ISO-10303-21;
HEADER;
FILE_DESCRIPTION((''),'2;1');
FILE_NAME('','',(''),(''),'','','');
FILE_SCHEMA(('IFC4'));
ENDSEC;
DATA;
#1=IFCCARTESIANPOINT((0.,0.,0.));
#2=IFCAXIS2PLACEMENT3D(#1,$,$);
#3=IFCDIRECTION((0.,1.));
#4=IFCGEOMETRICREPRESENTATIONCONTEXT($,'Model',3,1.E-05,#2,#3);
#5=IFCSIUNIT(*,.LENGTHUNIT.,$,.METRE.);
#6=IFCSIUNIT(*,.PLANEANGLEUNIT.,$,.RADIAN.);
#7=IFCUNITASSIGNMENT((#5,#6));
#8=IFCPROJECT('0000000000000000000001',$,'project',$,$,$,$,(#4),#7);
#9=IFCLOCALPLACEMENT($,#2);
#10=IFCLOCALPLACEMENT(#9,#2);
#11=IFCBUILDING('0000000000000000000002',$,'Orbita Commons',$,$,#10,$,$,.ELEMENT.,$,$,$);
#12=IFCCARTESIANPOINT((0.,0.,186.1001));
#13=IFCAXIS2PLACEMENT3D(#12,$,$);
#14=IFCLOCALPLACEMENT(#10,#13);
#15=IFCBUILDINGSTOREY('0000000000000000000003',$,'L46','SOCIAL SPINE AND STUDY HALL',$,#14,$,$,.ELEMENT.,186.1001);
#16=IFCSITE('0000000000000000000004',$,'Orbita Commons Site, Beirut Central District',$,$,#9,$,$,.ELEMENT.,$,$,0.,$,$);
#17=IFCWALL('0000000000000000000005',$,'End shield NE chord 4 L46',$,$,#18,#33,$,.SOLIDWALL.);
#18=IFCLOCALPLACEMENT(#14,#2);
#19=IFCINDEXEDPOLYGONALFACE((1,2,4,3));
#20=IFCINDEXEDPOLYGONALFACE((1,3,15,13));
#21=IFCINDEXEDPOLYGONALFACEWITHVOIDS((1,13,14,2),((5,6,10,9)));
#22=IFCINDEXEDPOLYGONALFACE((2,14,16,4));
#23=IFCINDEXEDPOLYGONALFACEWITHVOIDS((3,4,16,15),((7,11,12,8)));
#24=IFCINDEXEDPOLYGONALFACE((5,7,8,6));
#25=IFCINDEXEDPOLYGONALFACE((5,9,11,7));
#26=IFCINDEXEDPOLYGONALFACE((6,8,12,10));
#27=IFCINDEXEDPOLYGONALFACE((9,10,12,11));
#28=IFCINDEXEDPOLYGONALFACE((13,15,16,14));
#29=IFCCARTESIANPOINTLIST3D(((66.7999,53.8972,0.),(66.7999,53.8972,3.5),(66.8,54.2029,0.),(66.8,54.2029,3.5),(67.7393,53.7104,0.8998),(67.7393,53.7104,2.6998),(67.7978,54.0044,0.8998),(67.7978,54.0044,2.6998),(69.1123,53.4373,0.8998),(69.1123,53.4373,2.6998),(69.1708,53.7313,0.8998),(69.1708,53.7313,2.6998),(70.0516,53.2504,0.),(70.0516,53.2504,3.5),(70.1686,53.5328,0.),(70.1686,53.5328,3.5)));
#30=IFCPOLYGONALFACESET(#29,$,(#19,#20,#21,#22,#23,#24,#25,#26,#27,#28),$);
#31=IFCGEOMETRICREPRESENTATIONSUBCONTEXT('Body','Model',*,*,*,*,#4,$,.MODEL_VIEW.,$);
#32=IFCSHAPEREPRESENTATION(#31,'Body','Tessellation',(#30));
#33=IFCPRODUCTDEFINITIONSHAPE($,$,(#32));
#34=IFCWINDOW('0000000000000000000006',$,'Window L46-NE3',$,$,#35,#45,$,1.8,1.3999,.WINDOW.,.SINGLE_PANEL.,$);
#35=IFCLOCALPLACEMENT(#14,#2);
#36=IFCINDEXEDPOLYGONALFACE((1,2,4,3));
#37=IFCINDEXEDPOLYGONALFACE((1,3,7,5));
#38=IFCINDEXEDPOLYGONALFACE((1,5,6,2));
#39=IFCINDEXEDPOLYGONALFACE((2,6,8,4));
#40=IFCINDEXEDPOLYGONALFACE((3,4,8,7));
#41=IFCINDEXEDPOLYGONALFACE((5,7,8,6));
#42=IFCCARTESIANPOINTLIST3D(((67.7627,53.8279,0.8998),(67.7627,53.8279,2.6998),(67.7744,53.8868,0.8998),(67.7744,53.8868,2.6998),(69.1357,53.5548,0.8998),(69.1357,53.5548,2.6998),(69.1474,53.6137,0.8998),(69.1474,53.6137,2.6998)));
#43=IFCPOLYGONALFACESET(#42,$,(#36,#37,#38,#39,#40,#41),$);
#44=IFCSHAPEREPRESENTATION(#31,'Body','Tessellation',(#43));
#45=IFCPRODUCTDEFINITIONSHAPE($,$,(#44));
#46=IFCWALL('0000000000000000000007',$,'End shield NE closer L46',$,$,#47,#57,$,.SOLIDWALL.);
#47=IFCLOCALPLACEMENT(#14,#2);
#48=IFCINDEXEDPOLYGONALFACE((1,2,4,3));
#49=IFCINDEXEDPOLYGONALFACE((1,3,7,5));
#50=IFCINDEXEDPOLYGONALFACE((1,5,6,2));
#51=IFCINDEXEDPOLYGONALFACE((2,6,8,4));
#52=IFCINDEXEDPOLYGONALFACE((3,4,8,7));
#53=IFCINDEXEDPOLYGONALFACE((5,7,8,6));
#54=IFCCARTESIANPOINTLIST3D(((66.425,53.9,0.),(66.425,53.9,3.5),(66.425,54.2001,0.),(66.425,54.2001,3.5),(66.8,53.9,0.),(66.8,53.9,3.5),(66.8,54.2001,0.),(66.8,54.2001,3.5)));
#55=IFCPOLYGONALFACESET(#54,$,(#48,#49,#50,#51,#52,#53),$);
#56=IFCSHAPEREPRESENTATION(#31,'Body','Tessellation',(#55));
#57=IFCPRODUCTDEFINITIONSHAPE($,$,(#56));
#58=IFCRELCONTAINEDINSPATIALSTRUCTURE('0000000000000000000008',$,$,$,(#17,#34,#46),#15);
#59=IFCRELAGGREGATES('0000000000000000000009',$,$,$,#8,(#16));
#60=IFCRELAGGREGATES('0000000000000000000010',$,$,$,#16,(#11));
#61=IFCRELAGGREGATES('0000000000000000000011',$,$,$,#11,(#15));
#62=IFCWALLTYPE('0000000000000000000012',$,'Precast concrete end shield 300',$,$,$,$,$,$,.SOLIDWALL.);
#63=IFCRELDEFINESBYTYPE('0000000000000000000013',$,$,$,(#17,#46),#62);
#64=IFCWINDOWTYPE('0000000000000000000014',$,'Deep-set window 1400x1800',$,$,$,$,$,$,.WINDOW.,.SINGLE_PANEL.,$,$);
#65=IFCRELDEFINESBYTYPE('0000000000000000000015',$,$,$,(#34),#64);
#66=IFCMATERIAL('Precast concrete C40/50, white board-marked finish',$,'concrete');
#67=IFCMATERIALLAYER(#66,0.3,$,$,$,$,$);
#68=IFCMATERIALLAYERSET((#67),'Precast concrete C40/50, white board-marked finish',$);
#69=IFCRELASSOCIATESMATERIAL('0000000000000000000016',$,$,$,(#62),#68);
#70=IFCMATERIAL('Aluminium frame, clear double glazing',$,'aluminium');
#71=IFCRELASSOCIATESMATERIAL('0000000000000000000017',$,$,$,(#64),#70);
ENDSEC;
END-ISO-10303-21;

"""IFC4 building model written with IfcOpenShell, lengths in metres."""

from ifc_helpers import new_model, si_unit, direction, frame, frame_2d, origin, place, context, subcontext, project, spatial, polyline, rectangle, outline, extrude, material, layer, layer_set, type_object, element, fill, save


model = new_model("IFC4")

# Units and contexts
model_context = context("Model", 3, precision=1e-05, world=origin(), true_north=direction((0.0, 1.0)))
body_context = subcontext(model_context, "Body", "Model", "MODEL_VIEW")
ifc_project = project(units=[si_unit("LENGTHUNIT", "METRE"), si_unit("PLANEANGLEUNIT", "RADIAN")], contexts=[model_context])

# Site, building, storey
site_placement = place(None, origin())
site = spatial("IfcSite", under=ifc_project, at=site_placement, Name="Orbita Commons Site, Beirut Central District", CompositionType="ELEMENT", RefElevation=0.0)
building_placement = place(site_placement, origin())
building = spatial("IfcBuilding", under=site, at=building_placement, Name="Orbita Commons", CompositionType="ELEMENT")
storey_placement = place(building_placement, frame((0.0, 0.0, 186.1001)))
storey = spatial("IfcBuildingStorey", under=building, at=storey_placement, Name="L46", Description="SOCIAL SPINE AND STUDY HALL", CompositionType="ELEMENT", Elevation=186.1001)

# Wall, opening, window
ifc_material_1 = material(Name="Precast concrete C40/50, white board-marked finish", Category="concrete")
ifc_layer_1 = layer(ifc_material_1, 0.3)
ifc_layer_set_1 = layer_set([ifc_layer_1], Name="Precast concrete C40/50, white board-marked finish")
wall_type_1 = type_object("IfcWallType", Name="Precast concrete end shield 300", PredefinedType="SOLIDWALL", material=ifc_layer_set_1)
ifc_material_2 = material(Name="Aluminium frame, clear double glazing", Category="aluminium")
window_type = type_object("IfcWindowType", Name="Deep-set window 1400x1800", PartitioningType="SINGLE_PANEL", PredefinedType="WINDOW", material=ifc_material_2)
wall_1_placement = place(storey_placement, frame((70.1101, 53.3916, 0.0), z_axis=(0.0, 0.0, 1.0), x_axis=(-0.980783, 0.1951, 0.0)))
wall_1 = element("IfcWall", 1, at=wall_1_placement, inside=storey, type_object=wall_type_1, Name="End shield NE chord 4 L46", PredefinedType="SOLIDWALL", context=body_context, shape_type="SweptSolid", body=[
    extrude(outline(polyline([(-0.0298, -0.1499), (3.4048, -0.1499), (3.3452, 0.1499), (0.0298, 0.1499), (-0.0298, -0.1499)])), origin(), (0.0, 0.0, 1.0), 3.5),
])
opening_1_placement = place(wall_1_placement, frame((0.9875, 0.0, 0.8999)))
opening_1 = element("IfcOpeningElement", 2, at=opening_1_placement, cuts=wall_1, PredefinedType="OPENING", context=body_context, shape_type="SweptSolid", body=[
    extrude(rectangle(XDim=1.3999, YDim=1.8, at=frame_2d((0.7, 0.8999))), frame((0.0, 0.1599, 0.0), z_axis=(0.0, -1.0, 0.0), x_axis=(1.0, 0.0, 0.0)), (0.0, 0.0, 1.0), 0.3201),
])
window_1_placement = place(opening_1_placement, origin())
window_1 = element("IfcWindow", 3, at=window_1_placement, inside=storey, type_object=window_type, Name="Window L46-NE3", OverallHeight=1.8, OverallWidth=1.3999, PartitioningType="SINGLE_PANEL", PredefinedType="WINDOW", context=body_context, shape_type="SweptSolid", body=[
    extrude(rectangle(XDim=1.3999, YDim=1.8, at=frame_2d((0.7, 0.8999))), frame((0.0, 0.03, 0.0), z_axis=(0.0, -1.0, 0.0), x_axis=(1.0, 0.0, 0.0)), (0.0, 0.0, 1.0), 0.0601),
])
fill(opening_1, window_1)

# Wall
wall_2_placement = place(storey_placement, frame((66.8, 54.05, 0.0), z_axis=(0.0, 0.0, 1.0), x_axis=(-1.0, 0.0, 0.0)))
element("IfcWall", 4, at=wall_2_placement, inside=storey, type_object=wall_type_1, Name="End shield NE closer L46", PredefinedType="SOLIDWALL", context=body_context, shape_type="SweptSolid", body=[
    extrude(rectangle(XDim=0.375, YDim=0.3, at=frame_2d((0.1875, 0.0))), origin(), (0.0, 0.0, 1.0), 3.5),
])

save(model, "model.ifc")
